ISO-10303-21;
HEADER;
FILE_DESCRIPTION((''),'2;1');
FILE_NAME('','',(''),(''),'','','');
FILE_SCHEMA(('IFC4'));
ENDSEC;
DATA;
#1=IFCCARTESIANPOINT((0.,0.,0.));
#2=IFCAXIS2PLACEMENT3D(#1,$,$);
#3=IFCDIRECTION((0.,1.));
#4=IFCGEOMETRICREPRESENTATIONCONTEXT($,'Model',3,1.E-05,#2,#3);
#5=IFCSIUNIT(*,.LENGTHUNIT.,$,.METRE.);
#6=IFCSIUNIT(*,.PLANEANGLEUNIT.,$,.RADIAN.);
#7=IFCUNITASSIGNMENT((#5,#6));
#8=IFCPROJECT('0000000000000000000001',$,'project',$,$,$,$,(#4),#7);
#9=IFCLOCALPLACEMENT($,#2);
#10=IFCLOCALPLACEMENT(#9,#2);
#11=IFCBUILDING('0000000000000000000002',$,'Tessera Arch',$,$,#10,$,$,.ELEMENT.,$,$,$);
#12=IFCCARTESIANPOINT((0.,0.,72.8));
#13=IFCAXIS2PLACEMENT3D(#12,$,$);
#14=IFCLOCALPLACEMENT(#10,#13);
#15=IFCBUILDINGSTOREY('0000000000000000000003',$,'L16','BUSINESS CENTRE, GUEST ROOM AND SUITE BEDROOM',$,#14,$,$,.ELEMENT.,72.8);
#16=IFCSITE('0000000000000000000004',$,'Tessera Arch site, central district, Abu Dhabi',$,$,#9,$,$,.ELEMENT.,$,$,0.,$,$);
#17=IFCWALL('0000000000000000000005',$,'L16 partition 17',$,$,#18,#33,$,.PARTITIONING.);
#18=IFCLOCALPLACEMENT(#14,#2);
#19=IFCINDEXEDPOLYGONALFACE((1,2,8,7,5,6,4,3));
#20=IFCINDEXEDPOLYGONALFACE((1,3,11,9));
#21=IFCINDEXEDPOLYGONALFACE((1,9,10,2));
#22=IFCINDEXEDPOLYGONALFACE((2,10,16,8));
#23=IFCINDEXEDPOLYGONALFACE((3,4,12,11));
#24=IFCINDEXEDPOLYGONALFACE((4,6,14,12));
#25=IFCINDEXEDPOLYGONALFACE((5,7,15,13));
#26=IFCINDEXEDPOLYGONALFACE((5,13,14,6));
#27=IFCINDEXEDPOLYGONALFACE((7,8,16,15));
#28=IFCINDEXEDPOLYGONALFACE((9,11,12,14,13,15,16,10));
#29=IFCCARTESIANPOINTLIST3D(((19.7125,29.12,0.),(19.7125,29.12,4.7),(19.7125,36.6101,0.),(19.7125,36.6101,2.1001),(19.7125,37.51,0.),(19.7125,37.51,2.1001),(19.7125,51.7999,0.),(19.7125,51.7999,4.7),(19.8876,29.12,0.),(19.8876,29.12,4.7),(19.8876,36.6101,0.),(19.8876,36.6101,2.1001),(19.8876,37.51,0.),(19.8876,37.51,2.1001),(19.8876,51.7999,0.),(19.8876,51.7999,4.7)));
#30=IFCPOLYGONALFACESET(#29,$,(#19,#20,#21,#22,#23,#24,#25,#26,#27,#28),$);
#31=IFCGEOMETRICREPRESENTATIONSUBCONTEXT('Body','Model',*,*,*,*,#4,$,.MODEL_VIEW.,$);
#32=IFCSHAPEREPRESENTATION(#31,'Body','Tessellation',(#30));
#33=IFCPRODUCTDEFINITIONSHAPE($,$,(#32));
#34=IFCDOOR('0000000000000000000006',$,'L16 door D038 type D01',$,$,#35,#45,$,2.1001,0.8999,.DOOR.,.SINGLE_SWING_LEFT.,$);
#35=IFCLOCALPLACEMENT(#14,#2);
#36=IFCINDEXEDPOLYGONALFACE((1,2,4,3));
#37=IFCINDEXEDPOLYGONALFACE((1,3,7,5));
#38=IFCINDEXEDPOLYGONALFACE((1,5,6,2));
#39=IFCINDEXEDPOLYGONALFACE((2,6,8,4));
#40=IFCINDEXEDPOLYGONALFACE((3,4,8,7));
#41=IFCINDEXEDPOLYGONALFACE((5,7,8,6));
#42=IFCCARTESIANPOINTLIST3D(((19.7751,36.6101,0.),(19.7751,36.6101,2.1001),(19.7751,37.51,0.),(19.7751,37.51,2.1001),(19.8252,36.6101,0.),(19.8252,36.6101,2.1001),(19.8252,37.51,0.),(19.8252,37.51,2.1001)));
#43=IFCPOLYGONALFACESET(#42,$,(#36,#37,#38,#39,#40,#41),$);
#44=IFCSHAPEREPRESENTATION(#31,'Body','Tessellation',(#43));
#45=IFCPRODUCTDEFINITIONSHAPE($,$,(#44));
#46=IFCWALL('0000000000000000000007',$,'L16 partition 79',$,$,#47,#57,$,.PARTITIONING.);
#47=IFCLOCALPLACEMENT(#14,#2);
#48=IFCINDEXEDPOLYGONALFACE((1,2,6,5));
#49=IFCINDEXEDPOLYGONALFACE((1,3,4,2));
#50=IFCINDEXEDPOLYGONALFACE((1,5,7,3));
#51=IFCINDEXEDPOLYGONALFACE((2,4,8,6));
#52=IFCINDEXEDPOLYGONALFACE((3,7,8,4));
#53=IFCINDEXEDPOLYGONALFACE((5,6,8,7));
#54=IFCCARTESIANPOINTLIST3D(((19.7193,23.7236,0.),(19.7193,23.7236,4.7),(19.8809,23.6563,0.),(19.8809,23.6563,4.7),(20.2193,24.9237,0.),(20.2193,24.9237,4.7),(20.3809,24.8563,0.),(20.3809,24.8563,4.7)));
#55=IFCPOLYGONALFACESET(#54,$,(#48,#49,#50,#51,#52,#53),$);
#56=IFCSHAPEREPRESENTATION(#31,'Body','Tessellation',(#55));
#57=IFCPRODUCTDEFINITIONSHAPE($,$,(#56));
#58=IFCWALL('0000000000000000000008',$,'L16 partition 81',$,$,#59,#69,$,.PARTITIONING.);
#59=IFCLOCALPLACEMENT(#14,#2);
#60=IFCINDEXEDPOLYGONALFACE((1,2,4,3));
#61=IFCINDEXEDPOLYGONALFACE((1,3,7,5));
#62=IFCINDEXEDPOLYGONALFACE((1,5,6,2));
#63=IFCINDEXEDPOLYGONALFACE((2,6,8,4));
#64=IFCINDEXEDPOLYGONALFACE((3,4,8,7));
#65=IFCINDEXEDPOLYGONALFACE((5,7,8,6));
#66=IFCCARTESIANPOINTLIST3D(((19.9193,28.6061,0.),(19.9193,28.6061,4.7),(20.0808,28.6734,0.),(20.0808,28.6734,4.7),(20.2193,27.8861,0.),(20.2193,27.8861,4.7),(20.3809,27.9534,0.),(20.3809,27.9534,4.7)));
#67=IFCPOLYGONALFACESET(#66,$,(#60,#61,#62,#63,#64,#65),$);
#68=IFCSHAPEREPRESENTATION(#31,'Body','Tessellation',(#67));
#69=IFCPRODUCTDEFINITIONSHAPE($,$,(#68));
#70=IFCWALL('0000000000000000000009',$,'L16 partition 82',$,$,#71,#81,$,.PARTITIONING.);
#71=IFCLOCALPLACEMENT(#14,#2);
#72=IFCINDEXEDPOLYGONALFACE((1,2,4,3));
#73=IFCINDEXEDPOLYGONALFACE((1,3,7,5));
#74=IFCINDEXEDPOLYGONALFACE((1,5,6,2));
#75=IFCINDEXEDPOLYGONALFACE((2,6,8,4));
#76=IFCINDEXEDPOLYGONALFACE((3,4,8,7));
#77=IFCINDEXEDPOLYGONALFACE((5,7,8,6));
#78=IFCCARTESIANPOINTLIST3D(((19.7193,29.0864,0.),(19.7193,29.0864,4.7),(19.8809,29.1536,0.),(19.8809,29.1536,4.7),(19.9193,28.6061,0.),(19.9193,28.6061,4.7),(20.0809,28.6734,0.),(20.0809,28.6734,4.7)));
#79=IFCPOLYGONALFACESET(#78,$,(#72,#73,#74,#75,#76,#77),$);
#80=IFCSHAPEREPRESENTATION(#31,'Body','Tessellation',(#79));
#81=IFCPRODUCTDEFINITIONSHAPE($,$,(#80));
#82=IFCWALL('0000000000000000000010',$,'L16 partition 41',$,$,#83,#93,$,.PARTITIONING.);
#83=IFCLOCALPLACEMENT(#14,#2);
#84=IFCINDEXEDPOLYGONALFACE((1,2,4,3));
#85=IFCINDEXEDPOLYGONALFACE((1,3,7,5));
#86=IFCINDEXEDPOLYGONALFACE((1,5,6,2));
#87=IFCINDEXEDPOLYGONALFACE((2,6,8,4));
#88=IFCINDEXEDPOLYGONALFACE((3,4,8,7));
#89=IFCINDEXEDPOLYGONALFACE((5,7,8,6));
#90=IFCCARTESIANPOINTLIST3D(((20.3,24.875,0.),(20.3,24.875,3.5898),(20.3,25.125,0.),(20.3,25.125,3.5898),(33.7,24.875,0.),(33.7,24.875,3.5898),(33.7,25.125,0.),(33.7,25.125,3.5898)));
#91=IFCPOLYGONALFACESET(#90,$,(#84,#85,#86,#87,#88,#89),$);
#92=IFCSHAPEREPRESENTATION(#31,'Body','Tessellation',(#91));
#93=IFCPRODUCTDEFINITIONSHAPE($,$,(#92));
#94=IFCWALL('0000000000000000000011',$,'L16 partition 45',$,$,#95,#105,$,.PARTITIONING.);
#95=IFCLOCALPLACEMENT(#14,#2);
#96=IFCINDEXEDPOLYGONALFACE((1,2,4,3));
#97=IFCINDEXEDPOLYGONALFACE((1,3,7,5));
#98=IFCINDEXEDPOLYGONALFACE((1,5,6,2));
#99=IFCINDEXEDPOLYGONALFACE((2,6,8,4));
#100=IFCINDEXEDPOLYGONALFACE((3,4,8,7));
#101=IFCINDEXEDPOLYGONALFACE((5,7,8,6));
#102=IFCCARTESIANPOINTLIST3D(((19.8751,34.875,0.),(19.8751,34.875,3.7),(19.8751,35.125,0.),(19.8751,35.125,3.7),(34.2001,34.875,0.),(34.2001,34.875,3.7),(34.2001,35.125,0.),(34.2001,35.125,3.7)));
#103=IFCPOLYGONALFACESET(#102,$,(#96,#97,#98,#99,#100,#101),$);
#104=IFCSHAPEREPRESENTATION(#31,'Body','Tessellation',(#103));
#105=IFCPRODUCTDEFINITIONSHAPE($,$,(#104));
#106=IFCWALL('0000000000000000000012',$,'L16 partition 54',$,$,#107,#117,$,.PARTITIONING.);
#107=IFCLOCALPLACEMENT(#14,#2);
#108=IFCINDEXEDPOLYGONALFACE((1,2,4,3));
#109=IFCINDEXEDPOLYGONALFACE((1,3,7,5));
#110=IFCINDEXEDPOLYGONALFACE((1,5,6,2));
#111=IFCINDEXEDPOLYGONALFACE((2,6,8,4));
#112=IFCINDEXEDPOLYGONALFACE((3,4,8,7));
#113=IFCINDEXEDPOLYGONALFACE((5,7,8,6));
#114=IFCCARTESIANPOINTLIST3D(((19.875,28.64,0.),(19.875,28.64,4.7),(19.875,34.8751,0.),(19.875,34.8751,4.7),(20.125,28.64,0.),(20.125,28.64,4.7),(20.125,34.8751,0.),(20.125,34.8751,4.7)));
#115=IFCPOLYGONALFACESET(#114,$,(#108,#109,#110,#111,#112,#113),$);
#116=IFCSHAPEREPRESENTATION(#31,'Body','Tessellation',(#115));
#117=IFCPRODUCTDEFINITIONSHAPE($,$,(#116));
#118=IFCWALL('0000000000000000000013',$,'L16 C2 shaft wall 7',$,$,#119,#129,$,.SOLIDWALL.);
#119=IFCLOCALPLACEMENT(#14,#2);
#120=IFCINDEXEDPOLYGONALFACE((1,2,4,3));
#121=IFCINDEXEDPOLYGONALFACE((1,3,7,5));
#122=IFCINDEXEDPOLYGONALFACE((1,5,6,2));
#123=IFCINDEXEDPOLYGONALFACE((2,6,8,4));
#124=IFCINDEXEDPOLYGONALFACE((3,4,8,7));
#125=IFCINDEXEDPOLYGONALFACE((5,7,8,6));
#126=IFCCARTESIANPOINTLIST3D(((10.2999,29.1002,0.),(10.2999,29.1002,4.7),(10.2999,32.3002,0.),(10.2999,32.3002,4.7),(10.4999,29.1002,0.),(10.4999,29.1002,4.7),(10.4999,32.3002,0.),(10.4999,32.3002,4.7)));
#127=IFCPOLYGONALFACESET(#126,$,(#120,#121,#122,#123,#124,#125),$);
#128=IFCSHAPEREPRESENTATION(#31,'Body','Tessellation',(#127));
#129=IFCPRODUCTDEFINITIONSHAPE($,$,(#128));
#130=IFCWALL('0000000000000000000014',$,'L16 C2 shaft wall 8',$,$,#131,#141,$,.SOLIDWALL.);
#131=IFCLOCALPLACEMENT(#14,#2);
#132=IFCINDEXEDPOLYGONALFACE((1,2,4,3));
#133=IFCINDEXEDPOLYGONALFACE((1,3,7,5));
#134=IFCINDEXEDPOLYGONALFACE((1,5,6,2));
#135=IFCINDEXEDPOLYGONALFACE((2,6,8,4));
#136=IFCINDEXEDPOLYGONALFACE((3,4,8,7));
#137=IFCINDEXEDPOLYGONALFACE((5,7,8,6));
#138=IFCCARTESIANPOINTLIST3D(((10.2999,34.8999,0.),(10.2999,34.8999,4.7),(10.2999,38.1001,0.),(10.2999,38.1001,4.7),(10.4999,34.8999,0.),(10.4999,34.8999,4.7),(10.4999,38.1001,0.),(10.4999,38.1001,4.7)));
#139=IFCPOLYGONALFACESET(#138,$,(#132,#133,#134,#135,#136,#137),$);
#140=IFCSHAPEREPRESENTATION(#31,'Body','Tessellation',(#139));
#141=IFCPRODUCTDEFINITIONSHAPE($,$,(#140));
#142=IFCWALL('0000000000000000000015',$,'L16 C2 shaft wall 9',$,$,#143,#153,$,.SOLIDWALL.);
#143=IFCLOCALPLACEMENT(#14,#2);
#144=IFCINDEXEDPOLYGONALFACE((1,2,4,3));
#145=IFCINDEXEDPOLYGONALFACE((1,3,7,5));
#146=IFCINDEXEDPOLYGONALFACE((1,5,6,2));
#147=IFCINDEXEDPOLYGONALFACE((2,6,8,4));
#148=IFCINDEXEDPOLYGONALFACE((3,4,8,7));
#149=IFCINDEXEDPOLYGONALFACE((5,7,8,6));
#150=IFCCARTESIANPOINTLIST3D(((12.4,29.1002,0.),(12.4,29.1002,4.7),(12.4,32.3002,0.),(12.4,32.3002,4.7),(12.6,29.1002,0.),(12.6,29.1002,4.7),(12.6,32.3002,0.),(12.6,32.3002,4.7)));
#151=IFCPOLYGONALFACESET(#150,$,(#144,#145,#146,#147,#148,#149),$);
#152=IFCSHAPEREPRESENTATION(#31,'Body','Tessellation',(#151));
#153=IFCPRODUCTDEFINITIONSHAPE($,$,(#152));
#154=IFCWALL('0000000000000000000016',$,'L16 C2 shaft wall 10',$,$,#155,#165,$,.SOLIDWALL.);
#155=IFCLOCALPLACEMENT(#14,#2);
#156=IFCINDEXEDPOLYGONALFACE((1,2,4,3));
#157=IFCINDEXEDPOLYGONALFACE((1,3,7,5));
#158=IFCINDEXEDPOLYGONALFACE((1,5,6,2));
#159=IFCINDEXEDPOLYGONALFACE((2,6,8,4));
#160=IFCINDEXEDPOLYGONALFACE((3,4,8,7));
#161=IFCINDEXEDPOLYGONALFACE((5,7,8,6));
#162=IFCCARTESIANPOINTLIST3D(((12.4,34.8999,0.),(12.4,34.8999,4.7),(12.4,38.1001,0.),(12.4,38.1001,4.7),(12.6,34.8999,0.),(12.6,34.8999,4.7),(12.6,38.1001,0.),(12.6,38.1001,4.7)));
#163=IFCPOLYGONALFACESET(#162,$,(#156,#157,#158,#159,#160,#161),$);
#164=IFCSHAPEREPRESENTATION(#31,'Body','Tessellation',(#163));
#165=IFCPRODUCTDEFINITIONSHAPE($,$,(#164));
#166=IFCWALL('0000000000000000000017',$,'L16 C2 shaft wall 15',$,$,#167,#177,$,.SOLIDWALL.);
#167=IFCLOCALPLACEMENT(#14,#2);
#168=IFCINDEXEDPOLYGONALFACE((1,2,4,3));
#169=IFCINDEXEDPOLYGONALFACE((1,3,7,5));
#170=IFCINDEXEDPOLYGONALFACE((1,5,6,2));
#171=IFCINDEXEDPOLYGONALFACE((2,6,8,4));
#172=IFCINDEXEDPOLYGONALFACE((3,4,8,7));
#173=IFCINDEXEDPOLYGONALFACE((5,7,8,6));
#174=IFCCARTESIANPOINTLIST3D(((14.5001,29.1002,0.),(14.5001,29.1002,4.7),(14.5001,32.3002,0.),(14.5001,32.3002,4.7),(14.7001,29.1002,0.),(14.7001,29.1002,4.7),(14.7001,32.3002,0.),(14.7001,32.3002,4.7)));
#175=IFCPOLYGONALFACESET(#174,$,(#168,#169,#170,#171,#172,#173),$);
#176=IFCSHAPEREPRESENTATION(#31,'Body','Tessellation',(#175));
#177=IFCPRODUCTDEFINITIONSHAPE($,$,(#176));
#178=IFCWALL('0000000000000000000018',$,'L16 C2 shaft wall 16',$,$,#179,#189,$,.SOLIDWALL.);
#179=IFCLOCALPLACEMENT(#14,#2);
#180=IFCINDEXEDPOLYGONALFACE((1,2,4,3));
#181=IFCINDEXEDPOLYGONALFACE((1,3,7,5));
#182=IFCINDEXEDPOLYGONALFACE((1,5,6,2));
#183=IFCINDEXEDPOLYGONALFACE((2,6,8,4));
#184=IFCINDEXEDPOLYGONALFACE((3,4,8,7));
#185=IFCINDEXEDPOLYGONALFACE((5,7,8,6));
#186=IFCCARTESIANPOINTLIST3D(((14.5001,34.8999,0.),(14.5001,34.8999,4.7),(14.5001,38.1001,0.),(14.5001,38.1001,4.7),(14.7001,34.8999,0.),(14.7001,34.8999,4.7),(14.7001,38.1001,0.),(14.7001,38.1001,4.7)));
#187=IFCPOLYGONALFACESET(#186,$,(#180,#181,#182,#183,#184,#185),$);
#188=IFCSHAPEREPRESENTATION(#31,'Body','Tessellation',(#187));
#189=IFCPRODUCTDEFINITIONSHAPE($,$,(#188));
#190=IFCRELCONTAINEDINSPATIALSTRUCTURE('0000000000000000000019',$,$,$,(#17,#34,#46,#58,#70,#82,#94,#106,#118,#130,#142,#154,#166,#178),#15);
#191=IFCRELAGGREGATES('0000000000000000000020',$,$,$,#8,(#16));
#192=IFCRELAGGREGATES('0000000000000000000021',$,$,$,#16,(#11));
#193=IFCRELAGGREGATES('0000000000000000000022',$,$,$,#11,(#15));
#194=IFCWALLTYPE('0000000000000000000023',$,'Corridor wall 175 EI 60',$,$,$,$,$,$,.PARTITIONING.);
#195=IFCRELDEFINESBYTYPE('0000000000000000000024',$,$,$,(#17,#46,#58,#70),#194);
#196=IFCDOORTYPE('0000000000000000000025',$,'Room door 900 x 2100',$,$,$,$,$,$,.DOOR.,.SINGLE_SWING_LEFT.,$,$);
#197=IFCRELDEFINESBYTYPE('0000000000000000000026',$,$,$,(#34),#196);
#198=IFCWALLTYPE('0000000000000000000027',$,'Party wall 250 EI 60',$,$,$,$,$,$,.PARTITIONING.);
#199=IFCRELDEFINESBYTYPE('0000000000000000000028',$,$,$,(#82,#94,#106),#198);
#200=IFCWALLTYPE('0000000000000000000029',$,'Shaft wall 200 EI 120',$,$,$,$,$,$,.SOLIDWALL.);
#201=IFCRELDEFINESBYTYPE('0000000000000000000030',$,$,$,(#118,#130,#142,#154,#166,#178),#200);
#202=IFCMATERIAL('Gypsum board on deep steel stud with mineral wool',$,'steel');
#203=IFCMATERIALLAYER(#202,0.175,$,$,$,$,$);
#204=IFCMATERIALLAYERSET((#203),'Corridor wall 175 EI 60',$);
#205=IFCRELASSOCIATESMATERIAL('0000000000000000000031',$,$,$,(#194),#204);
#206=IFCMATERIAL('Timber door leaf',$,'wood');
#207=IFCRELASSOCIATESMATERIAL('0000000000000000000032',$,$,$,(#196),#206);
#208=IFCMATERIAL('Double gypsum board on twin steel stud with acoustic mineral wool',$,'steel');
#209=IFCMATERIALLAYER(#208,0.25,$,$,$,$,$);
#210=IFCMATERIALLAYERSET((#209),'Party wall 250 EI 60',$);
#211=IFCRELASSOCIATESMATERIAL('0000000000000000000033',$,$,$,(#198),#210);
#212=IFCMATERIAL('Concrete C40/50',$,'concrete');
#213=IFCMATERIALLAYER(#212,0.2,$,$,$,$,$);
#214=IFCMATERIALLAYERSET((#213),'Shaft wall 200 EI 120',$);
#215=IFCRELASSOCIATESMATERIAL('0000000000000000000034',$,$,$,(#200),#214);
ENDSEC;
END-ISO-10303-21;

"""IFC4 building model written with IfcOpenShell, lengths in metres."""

from ifc_helpers import new_model, si_unit, direction, frame, frame_2d, origin, place, context, subcontext, project, spatial, rectangle, extrude, material, layer, layer_set, type_object, element, fill, save


model = new_model("IFC4")

# Units and contexts
model_context = context("Model", 3, precision=1e-05, world=origin(), true_north=direction((0.0, 1.0)))
body_context = subcontext(model_context, "Body", "Model", "MODEL_VIEW")
ifc_project = project(units=[si_unit("LENGTHUNIT", "METRE"), si_unit("PLANEANGLEUNIT", "RADIAN")], contexts=[model_context])

# Site, building, storey
site_placement = place(None, origin())
site = spatial("IfcSite", under=ifc_project, at=site_placement, Name="Tessera Arch site, central district, Abu Dhabi", CompositionType="ELEMENT", RefElevation=0.0)
building_placement = place(site_placement, origin())
building = spatial("IfcBuilding", under=site, at=building_placement, Name="Tessera Arch", CompositionType="ELEMENT")
storey_placement = place(building_placement, frame((0.0, 0.0, 72.8)))
storey = spatial("IfcBuildingStorey", under=building, at=storey_placement, Name="L16", Description="BUSINESS CENTRE, GUEST ROOM AND SUITE BEDROOM", CompositionType="ELEMENT", Elevation=72.8)

# Shared definitions
ifc_material_1 = material(Name="Gypsum board on deep steel stud with mineral wool", Category="steel")
ifc_layer_1 = layer(ifc_material_1, 0.175)
ifc_layer_set_1 = layer_set([ifc_layer_1], Name="Corridor wall 175 EI 60")
wall_type_1 = type_object("IfcWallType", Name="Corridor wall 175 EI 60", PredefinedType="PARTITIONING", material=ifc_layer_set_1)

# Wall, opening, door
wall_1_placement = place(storey_placement, frame((19.8, 29.1201, 0.0), z_axis=(0.0, 0.0, 1.0), x_axis=(0.0, 1.0, 0.0)))
wall_1 = element("IfcWall", 1, at=wall_1_placement, inside=storey, type_object=wall_type_1, Name="L16 partition 17", PredefinedType="PARTITIONING", context=body_context, shape_type="SweptSolid", body=[
    extrude(rectangle(XDim=22.6799, YDim=0.175, at=frame_2d((11.3398, 0.0))), origin(), (0.0, 0.0, 1.0), 4.7),
])
opening_1_placement = place(wall_1_placement, frame((7.49, 0.0, 0.0)))
opening_1 = element("IfcOpeningElement", 2, at=opening_1_placement, cuts=wall_1, PredefinedType="OPENING", context=body_context, shape_type="SweptSolid", body=[
    extrude(rectangle(XDim=0.8999, YDim=2.1001, at=frame_2d((0.45, 1.05))), frame((0.0, 0.0974, 0.0), z_axis=(0.0, -1.0, 0.0), x_axis=(1.0, 0.0, 0.0)), (0.0, 0.0, 1.0), 0.1951),
])
ifc_material_2 = material(Name="Timber door leaf", Category="wood")
door_type_1 = type_object("IfcDoorType", Name="Room door 900 x 2100", OperationType="SINGLE_SWING_LEFT", PredefinedType="DOOR", material=ifc_material_2)
door_1_placement = place(opening_1_placement, origin())
door_1 = element("IfcDoor", 3, at=door_1_placement, inside=storey, type_object=door_type_1, Name="L16 door D038 type D01", OperationType="SINGLE_SWING_LEFT", OverallHeight=2.1001, OverallWidth=0.8999, PredefinedType="DOOR", context=body_context, shape_type="SweptSolid", body=[
    extrude(rectangle(XDim=0.8999, YDim=2.1001, at=frame_2d((0.45, 1.05))), frame((0.0, 0.0249, 0.0), z_axis=(0.0, -1.0, 0.0), x_axis=(1.0, 0.0, 0.0)), (0.0, 0.0, 1.0), 0.05),
])
fill(opening_1, door_1)

# Walls
wall_2_placement = place(storey_placement, frame((20.3, 24.8899, 0.0), z_axis=(0.0, 0.0, 1.0), x_axis=(-0.384629, -0.923071, 0.0)))
element("IfcWall", 4, at=wall_2_placement, inside=storey, type_object=wall_type_1, Name="L16 partition 79", PredefinedType="PARTITIONING", context=body_context, shape_type="SweptSolid", body=[
    extrude(rectangle(XDim=1.3, YDim=0.175, at=frame_2d((0.6499, 0.0))), origin(), (0.0, 0.0, 1.0), 4.7),
])
wall_3_placement = place(storey_placement, frame((20.0, 28.6399, 0.0), z_axis=(0.0, 0.0, 1.0), x_axis=(0.384682, -0.923049, 0.0)))
element("IfcWall", 5, at=wall_3_placement, inside=storey, type_object=wall_type_1, Name="L16 partition 81", PredefinedType="PARTITIONING", context=body_context, shape_type="SweptSolid", body=[
    extrude(rectangle(XDim=0.78, YDim=0.175, at=frame_2d((0.3901, 0.0))), origin(), (0.0, 0.0, 1.0), 4.7),
])
wall_4_placement = place(storey_placement, frame((19.8, 29.1201, 0.0), z_axis=(0.0, 0.0, 1.0), x_axis=(0.384382, -0.923174, 0.0)))
element("IfcWall", 6, at=wall_4_placement, inside=storey, type_object=wall_type_1, Name="L16 partition 82", PredefinedType="PARTITIONING", context=body_context, shape_type="SweptSolid", body=[
    extrude(rectangle(XDim=0.5203, YDim=0.175, at=frame_2d((0.2603, 0.0))), origin(), (0.0, 0.0, 1.0), 4.7),
])
ifc_material_3 = material(Name="Double gypsum board on twin steel stud with acoustic mineral wool", Category="steel")
ifc_layer_2 = layer(ifc_material_3, 0.25)
ifc_layer_set_2 = layer_set([ifc_layer_2], Name="Party wall 250 EI 60")
wall_type_2 = type_object("IfcWallType", Name="Party wall 250 EI 60", PredefinedType="PARTITIONING", material=ifc_layer_set_2)
wall_5_placement = place(storey_placement, frame((20.3, 25.0, 0.0), z_axis=(0.0, 0.0, 1.0), x_axis=(1.0, 0.0, 0.0)))
element("IfcWall", 7, at=wall_5_placement, inside=storey, type_object=wall_type_2, Name="L16 partition 41", PredefinedType="PARTITIONING", context=body_context, shape_type="SweptSolid", body=[
    extrude(rectangle(XDim=13.3999, YDim=0.25, at=frame_2d((6.7, 0.0))), origin(), (0.0, 0.0, 1.0), 3.5898),
])
wall_6_placement = place(storey_placement, frame((19.875, 35.0, 0.0), z_axis=(0.0, 0.0, 1.0), x_axis=(1.0, 0.0, 0.0)))
element("IfcWall", 8, at=wall_6_placement, inside=storey, type_object=wall_type_2, Name="L16 partition 45", PredefinedType="PARTITIONING", context=body_context, shape_type="SweptSolid", body=[
    extrude(rectangle(XDim=14.325, YDim=0.25, at=frame_2d((7.1626, 0.0))), origin(), (0.0, 0.0, 1.0), 3.7),
])
wall_7_placement = place(storey_placement, frame((20.0, 28.6399, 0.0), z_axis=(0.0, 0.0, 1.0), x_axis=(0.0, 1.0, 0.0)))
element("IfcWall", 9, at=wall_7_placement, inside=storey, type_object=wall_type_2, Name="L16 partition 54", PredefinedType="PARTITIONING", context=body_context, shape_type="SweptSolid", body=[
    extrude(rectangle(XDim=6.2351, YDim=0.25, at=frame_2d((3.1177, 0.0))), origin(), (0.0, 0.0, 1.0), 4.7),
])
ifc_material_4 = material(Name="Concrete C40/50", Category="concrete")
ifc_layer_3 = layer(ifc_material_4, 0.2)
ifc_layer_set_3 = layer_set([ifc_layer_3], Name="Shaft wall 200 EI 120")
wall_type_3 = type_object("IfcWallType", Name="Shaft wall 200 EI 120", PredefinedType="SOLIDWALL", material=ifc_layer_set_3)
wall_8_placement = place(storey_placement, frame((10.3999, 29.1001, 0.0), z_axis=(0.0, 0.0, 1.0), x_axis=(0.0, 1.0, 0.0)))
element("IfcWall", 10, at=wall_8_placement, inside=storey, type_object=wall_type_3, Name="L16 C2 shaft wall 7", PredefinedType="SOLIDWALL", context=body_context, shape_type="SweptSolid", body=[
    extrude(rectangle(XDim=3.2, YDim=0.2, at=frame_2d((1.6001, 0.0))), origin(), (0.0, 0.0, 1.0), 4.7),
])
wall_9_placement = place(storey_placement, frame((10.3999, 34.8999, 0.0), z_axis=(0.0, 0.0, 1.0), x_axis=(0.0, 1.0, 0.0)))
element("IfcWall", 11, at=wall_9_placement, inside=storey, type_object=wall_type_3, Name="L16 C2 shaft wall 8", PredefinedType="SOLIDWALL", context=body_context, shape_type="SweptSolid", body=[
    extrude(rectangle(XDim=3.2002, YDim=0.2, at=frame_2d((1.6001, 0.0))), origin(), (0.0, 0.0, 1.0), 4.7),
])
wall_10_placement = place(storey_placement, frame((12.5, 29.1001, 0.0), z_axis=(0.0, 0.0, 1.0), x_axis=(0.0, 1.0, 0.0)))
element("IfcWall", 12, at=wall_10_placement, inside=storey, type_object=wall_type_3, Name="L16 C2 shaft wall 9", PredefinedType="SOLIDWALL", context=body_context, shape_type="SweptSolid", body=[
    extrude(rectangle(XDim=3.2, YDim=0.2, at=frame_2d((1.6001, 0.0))), origin(), (0.0, 0.0, 1.0), 4.7),
])
wall_11_placement = place(storey_placement, frame((12.5, 34.8999, 0.0), z_axis=(0.0, 0.0, 1.0), x_axis=(0.0, 1.0, 0.0)))
element("IfcWall", 13, at=wall_11_placement, inside=storey, type_object=wall_type_3, Name="L16 C2 shaft wall 10", PredefinedType="SOLIDWALL", context=body_context, shape_type="SweptSolid", body=[
    extrude(rectangle(XDim=3.2002, YDim=0.2, at=frame_2d((1.6001, 0.0))), origin(), (0.0, 0.0, 1.0), 4.7),
])
wall_12_placement = place(storey_placement, frame((14.6001, 29.1001, 0.0), z_axis=(0.0, 0.0, 1.0), x_axis=(0.0, 1.0, 0.0)))
element("IfcWall", 14, at=wall_12_placement, inside=storey, type_object=wall_type_3, Name="L16 C2 shaft wall 15", PredefinedType="SOLIDWALL", context=body_context, shape_type="SweptSolid", body=[
    extrude(rectangle(XDim=3.2, YDim=0.2, at=frame_2d((1.6001, 0.0))), origin(), (0.0, 0.0, 1.0), 4.7),
])
wall_13_placement = place(storey_placement, frame((14.6001, 34.8999, 0.0), z_axis=(0.0, 0.0, 1.0), x_axis=(0.0, 1.0, 0.0)))
element("IfcWall", 15, at=wall_13_placement, inside=storey, type_object=wall_type_3, Name="L16 C2 shaft wall 16", PredefinedType="SOLIDWALL", context=body_context, shape_type="SweptSolid", body=[
    extrude(rectangle(XDim=3.2002, YDim=0.2, at=frame_2d((1.6001, 0.0))), origin(), (0.0, 0.0, 1.0), 4.7),
])

save(model, "model.ifc")
